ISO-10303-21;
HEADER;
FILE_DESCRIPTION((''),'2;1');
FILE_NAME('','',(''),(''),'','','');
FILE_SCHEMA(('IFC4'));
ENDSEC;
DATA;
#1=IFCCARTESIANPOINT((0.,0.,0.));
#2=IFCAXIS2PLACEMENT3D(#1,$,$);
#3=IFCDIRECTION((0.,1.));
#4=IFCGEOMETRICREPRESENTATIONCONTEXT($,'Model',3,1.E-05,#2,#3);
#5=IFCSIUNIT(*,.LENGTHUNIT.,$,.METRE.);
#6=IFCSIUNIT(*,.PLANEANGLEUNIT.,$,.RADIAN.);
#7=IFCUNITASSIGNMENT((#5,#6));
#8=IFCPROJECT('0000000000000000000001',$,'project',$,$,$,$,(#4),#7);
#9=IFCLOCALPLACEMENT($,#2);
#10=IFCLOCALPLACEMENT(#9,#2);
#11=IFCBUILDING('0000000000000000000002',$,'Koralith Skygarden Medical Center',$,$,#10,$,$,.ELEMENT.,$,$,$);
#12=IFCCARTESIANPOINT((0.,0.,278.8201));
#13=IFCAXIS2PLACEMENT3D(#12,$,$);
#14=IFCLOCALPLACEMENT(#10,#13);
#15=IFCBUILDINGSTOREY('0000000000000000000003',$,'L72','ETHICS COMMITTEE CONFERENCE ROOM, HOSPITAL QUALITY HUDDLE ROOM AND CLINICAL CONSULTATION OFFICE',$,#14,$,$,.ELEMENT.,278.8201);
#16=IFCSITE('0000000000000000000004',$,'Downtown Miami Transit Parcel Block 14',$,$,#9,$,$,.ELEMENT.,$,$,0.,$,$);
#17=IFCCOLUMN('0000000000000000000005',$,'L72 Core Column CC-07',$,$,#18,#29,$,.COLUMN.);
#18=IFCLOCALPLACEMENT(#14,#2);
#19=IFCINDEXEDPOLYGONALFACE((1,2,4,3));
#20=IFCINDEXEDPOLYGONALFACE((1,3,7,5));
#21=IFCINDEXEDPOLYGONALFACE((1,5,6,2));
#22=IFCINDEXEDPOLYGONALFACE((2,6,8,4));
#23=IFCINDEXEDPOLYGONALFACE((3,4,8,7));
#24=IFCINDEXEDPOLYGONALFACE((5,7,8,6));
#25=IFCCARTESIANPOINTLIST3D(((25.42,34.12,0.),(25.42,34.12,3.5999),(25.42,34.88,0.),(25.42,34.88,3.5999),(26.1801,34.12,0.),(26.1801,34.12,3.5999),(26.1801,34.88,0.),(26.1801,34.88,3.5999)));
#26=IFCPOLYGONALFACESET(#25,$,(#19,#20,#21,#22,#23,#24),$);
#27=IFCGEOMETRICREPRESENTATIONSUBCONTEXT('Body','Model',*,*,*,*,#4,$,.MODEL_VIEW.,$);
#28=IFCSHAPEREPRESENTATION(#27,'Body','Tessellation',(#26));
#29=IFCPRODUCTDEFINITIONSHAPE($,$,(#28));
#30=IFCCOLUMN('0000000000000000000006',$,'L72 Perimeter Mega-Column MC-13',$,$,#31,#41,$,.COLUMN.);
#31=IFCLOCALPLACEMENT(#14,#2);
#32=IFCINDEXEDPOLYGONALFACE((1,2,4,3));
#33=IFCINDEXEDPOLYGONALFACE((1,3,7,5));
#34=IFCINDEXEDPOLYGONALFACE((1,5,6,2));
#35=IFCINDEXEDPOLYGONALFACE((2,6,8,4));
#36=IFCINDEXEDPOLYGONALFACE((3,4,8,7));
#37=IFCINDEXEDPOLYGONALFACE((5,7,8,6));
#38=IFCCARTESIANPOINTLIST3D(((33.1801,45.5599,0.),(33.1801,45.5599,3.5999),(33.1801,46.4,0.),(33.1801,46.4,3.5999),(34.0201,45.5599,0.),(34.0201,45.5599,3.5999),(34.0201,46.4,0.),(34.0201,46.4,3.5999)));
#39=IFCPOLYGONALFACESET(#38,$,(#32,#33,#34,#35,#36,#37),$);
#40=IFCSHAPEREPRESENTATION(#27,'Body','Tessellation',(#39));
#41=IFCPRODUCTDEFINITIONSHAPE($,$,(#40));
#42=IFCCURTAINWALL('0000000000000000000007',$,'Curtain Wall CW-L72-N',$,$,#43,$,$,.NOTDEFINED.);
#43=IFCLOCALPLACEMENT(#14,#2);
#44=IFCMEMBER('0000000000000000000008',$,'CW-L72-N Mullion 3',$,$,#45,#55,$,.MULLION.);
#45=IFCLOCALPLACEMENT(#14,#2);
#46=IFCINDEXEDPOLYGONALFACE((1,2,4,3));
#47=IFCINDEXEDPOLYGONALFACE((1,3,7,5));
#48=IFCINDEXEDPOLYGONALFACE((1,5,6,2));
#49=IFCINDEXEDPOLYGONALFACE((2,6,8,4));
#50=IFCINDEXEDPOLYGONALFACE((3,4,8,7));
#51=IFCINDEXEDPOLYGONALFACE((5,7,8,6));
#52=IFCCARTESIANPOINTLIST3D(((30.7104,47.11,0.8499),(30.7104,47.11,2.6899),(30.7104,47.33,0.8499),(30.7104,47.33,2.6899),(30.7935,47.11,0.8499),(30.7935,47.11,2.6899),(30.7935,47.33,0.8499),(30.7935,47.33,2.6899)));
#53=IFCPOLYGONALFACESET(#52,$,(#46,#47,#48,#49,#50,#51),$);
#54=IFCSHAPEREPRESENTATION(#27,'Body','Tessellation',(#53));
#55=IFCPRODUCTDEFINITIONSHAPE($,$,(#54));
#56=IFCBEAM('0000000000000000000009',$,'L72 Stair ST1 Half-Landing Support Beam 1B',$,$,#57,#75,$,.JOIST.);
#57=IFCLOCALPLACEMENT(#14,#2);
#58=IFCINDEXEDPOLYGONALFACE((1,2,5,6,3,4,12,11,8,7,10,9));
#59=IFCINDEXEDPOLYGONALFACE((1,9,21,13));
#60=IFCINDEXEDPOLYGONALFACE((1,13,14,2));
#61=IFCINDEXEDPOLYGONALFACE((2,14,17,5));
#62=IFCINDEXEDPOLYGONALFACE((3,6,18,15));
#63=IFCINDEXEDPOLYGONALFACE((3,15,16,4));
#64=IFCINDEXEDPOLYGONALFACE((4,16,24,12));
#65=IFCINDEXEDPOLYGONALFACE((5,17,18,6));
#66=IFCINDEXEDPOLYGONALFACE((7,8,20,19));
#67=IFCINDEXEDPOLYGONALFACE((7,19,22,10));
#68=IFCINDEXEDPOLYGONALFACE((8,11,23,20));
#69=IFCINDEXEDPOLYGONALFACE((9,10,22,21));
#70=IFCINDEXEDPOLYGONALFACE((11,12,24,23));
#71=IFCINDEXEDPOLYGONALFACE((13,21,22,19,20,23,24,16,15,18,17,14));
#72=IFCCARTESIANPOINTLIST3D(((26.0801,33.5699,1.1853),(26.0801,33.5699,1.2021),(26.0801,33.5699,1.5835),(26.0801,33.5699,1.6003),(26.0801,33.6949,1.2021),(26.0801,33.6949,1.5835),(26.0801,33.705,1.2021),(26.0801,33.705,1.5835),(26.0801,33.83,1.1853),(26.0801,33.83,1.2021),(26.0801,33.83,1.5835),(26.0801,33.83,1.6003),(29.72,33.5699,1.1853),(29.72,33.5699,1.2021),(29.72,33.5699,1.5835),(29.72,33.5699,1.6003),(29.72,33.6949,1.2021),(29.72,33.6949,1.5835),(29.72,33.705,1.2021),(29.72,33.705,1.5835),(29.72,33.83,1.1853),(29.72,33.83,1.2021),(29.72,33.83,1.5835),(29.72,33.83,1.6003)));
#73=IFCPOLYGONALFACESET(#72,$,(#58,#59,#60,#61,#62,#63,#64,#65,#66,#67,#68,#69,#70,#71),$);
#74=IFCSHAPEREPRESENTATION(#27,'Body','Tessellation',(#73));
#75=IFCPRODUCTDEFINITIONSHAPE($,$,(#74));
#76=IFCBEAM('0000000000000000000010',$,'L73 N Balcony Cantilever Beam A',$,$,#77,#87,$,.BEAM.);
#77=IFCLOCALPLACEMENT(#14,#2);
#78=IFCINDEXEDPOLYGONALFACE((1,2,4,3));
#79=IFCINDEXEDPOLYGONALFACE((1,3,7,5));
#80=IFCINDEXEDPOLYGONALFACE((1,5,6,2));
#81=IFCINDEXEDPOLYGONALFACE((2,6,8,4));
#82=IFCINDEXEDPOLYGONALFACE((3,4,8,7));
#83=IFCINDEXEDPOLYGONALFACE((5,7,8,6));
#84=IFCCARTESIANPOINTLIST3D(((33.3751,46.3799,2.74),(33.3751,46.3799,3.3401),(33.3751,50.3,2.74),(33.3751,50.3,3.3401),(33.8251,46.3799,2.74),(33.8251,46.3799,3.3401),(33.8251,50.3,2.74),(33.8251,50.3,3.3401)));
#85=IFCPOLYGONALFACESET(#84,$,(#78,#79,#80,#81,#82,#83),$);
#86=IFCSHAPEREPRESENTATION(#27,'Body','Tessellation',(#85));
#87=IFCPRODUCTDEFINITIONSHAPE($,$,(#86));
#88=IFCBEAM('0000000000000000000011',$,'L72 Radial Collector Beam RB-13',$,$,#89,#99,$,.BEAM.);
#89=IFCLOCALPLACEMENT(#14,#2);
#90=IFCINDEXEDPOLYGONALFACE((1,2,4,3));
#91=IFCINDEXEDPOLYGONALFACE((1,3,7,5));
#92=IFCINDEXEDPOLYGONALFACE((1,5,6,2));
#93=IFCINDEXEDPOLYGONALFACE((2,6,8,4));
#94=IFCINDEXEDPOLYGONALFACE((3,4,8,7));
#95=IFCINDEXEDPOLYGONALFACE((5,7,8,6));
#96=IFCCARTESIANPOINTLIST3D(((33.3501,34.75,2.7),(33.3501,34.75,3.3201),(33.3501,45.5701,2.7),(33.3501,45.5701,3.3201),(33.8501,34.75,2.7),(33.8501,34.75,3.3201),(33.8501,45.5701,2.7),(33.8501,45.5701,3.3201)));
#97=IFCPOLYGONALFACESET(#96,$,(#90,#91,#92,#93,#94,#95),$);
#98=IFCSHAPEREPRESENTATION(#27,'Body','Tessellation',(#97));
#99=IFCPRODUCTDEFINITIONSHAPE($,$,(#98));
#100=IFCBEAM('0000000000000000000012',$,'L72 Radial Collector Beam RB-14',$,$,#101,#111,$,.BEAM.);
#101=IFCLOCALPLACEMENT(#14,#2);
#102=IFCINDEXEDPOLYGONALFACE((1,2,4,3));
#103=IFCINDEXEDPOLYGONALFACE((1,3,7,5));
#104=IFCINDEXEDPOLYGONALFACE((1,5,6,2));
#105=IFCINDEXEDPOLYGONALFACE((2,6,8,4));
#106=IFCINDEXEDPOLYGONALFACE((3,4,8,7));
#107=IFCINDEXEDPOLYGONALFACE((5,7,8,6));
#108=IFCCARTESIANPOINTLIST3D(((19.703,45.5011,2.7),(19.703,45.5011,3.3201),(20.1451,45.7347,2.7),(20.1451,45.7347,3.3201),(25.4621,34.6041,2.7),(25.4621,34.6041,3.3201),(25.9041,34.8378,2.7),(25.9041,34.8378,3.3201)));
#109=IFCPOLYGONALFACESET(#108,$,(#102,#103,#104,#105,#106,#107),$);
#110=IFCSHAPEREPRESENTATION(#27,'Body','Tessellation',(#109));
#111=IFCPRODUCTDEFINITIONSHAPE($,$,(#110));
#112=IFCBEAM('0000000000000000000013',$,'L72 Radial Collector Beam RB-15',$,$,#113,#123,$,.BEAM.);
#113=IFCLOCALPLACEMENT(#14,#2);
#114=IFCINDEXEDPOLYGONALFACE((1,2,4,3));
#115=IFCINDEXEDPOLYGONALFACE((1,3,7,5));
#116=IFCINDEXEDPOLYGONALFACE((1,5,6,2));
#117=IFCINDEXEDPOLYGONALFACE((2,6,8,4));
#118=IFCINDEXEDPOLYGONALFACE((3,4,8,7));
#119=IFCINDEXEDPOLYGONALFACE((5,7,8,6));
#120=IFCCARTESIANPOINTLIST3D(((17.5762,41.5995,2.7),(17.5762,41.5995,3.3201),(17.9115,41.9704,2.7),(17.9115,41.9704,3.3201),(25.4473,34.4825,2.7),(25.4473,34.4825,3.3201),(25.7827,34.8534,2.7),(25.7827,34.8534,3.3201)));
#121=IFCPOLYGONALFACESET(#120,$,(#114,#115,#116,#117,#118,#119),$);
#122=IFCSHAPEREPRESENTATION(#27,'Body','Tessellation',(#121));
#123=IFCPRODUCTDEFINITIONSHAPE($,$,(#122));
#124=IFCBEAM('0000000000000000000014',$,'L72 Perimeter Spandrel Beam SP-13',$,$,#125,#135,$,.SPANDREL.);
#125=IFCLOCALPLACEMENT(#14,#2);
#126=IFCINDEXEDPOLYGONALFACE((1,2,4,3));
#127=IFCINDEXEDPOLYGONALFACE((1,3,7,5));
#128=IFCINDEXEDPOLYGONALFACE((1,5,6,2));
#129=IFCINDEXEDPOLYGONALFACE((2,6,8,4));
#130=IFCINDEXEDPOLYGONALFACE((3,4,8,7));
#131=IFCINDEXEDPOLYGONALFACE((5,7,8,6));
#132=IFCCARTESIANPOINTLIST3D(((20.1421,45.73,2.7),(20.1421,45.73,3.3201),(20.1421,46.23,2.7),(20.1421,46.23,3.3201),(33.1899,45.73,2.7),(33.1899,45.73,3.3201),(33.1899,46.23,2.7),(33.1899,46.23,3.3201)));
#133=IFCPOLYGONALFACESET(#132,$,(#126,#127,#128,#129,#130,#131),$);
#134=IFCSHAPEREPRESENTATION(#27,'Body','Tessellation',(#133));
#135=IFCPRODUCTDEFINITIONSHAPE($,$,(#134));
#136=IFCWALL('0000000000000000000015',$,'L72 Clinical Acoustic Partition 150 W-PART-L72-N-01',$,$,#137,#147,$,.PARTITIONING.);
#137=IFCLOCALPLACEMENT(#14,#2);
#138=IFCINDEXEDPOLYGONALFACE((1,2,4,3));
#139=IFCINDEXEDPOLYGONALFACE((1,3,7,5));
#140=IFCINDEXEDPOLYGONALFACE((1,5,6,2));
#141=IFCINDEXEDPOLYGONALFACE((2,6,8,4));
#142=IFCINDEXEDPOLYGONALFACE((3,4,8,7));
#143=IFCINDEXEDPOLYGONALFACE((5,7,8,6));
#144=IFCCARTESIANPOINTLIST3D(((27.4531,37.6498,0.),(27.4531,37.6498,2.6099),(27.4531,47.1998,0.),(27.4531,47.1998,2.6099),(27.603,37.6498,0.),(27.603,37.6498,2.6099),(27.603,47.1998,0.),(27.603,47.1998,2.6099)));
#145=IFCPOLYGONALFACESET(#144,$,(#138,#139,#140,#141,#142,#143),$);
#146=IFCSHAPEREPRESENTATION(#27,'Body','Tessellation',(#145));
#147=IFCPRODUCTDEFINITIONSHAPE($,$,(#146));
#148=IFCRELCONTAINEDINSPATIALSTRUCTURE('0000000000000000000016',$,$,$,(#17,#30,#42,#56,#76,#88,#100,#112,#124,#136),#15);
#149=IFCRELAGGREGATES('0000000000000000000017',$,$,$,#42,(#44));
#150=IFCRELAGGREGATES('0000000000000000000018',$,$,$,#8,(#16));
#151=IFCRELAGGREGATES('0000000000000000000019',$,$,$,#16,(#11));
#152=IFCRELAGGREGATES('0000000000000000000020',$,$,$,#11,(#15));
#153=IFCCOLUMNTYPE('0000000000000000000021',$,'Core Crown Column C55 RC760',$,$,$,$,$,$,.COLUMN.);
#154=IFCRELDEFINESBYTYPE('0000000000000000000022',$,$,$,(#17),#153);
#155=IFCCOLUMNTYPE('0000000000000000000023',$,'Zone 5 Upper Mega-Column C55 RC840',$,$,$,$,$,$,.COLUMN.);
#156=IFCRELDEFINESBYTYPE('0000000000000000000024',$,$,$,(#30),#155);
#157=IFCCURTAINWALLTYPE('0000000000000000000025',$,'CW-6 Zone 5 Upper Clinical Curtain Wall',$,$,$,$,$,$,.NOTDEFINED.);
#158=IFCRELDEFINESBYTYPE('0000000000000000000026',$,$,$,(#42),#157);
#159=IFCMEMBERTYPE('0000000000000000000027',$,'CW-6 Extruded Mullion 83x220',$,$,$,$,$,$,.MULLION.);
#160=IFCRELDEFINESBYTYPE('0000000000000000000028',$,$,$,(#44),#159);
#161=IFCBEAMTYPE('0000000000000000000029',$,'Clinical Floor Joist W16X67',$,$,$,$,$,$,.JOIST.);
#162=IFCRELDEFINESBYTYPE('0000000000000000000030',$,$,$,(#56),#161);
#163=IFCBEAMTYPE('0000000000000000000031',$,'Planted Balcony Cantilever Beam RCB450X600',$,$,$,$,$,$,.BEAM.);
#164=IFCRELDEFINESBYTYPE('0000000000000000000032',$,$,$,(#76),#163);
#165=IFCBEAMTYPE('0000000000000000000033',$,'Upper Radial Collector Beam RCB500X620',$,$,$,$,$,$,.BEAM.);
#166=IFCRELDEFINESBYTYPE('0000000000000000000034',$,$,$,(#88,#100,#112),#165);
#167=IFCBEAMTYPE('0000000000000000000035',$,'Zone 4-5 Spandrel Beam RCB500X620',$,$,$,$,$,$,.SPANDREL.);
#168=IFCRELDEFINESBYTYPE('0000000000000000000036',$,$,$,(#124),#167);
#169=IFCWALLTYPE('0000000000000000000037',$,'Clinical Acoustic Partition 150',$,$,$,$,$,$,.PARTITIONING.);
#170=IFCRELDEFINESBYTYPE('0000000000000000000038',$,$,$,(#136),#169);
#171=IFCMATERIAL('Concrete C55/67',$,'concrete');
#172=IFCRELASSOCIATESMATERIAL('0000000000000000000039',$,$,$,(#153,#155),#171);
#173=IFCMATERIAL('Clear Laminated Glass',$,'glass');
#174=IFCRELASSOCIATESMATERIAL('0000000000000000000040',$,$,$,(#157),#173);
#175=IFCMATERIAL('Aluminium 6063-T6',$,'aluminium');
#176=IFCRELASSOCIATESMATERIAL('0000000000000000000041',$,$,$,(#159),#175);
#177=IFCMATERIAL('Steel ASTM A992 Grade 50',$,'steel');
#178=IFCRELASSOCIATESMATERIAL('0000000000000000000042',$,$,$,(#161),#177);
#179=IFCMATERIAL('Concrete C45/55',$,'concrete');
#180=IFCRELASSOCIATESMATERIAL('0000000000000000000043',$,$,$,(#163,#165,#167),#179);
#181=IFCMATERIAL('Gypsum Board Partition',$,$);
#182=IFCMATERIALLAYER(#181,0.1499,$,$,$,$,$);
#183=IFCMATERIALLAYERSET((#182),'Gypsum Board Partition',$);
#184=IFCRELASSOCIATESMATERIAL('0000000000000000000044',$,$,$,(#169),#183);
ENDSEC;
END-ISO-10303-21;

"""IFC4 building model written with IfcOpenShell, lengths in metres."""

from ifc_helpers import new_model, si_unit, direction, frame, frame_2d, origin, origin_2d, place, context, subcontext, project, spatial, rectangle, i_section, extrude, material, layer, layer_set, material_profile, profile_set, type_object, element, aggregate, save


model = new_model("IFC4")

# Units and contexts
model_context = context("Model", 3, precision=1e-05, world=origin(), true_north=direction((0.0, 1.0)))
body_context = subcontext(model_context, "Body", "Model", "MODEL_VIEW")
ifc_project = project(units=[si_unit("LENGTHUNIT", "METRE"), si_unit("PLANEANGLEUNIT", "RADIAN")], contexts=[model_context])

# Site, building, storey
site_placement = place(None, origin())
site = spatial("IfcSite", under=ifc_project, at=site_placement, Name="Downtown Miami Transit Parcel Block 14", CompositionType="ELEMENT", RefElevation=0.0)
building_placement = place(site_placement, origin())
building = spatial("IfcBuilding", under=site, at=building_placement, Name="Koralith Skygarden Medical Center", CompositionType="ELEMENT")
storey_placement = place(building_placement, frame((0.0, 0.0, 278.8201)))
storey = spatial("IfcBuildingStorey", under=building, at=storey_placement, Name="L72", Description="ETHICS COMMITTEE CONFERENCE ROOM, HOSPITAL QUALITY HUDDLE ROOM AND CLINICAL CONSULTATION OFFICE", CompositionType="ELEMENT", Elevation=278.8201)

# Columns
ifc_material_1 = material(Name="Concrete C55/67", Category="concrete")
ifc_material_profile_1 = material_profile(ifc_material_1, rectangle(XDim=0.76, YDim=0.76, at=origin_2d()), Name="RC760X760")
ifc_profile_set_1 = profile_set([ifc_material_profile_1], Name="Concrete C55/67")
column_type_1 = type_object("IfcColumnType", Name="Core Crown Column C55 RC760", PredefinedType="COLUMN", material=ifc_profile_set_1)
column_1_placement = place(storey_placement, frame((25.8, 34.5, 0.0), z_axis=(0.0, 0.0, 1.0), x_axis=(1.0, 0.0, 0.0)))
element("IfcColumn", 1, at=column_1_placement, inside=storey, type_object=column_type_1, Name="L72 Core Column CC-07", PredefinedType="COLUMN", context=body_context, shape_type="SweptSolid", body=[
    extrude(rectangle(XDim=0.76, YDim=0.76, at=origin_2d()), origin(), (0.0, 0.0, 1.0), 3.5999),
])
ifc_material_profile_2 = material_profile(ifc_material_1, rectangle(XDim=0.8401, YDim=0.8401, at=origin_2d()), Name="RC840X840")
ifc_profile_set_2 = profile_set([ifc_material_profile_2], Name="Concrete C55/67")
column_type_2 = type_object("IfcColumnType", Name="Zone 5 Upper Mega-Column C55 RC840", PredefinedType="COLUMN", material=ifc_profile_set_2)
column_2_placement = place(storey_placement, frame((33.6001, 45.98, 0.0), z_axis=(0.0, 0.0, 1.0), x_axis=(1.0, 0.0, 0.0)))
element("IfcColumn", 2, at=column_2_placement, inside=storey, type_object=column_type_2, Name="L72 Perimeter Mega-Column MC-13", PredefinedType="COLUMN", context=body_context, shape_type="SweptSolid", body=[
    extrude(rectangle(XDim=0.8401, YDim=0.8401, at=origin_2d()), origin(), (0.0, 0.0, 1.0), 3.5999),
])

# Curtain wall, member
ifc_material_2 = material(Name="Clear Laminated Glass", Category="glass")
curtain_wall_type = type_object("IfcCurtainWallType", Name="CW-6 Zone 5 Upper Clinical Curtain Wall", PredefinedType="NOTDEFINED", material=ifc_material_2)
curtain_wall_placement = place(storey_placement, origin())
curtain_wall = element("IfcCurtainWall", 3, at=curtain_wall_placement, inside=storey, type_object=curtain_wall_type, Name="Curtain Wall CW-L72-N", PredefinedType="NOTDEFINED")
ifc_material_3 = material(Name="Aluminium 6063-T6", Category="aluminium")
ifc_material_profile_3 = material_profile(ifc_material_3, rectangle(XDim=0.083, YDim=0.22, at=origin_2d()), Name="MUL83X220")
ifc_profile_set_3 = profile_set([ifc_material_profile_3], Name="Aluminium 6063-T6")
member_type = type_object("IfcMemberType", Name="CW-6 Extruded Mullion 83x220", PredefinedType="MULLION", material=ifc_profile_set_3)
member_placement = place(storey_placement, frame((30.752, 47.22, 0.8499), z_axis=(0.0, 0.0, 1.0), x_axis=(1.0, 0.0, 0.0)))
member = element("IfcMember", 4, at=member_placement, type_object=member_type, Name="CW-L72-N Mullion 3", PredefinedType="MULLION", context=body_context, shape_type="SweptSolid", body=[
    extrude(rectangle(XDim=0.083, YDim=0.22, at=origin_2d()), origin(), (0.0, 0.0, 1.0), 1.8401),
])
aggregate(curtain_wall, [member])

# Beams
ifc_material_4 = material(Name="Steel ASTM A992 Grade 50", Category="steel")
ifc_material_profile_4 = material_profile(ifc_material_4, i_section(OverallWidth=0.26, OverallDepth=0.415, WebThickness=0.01, FlangeThickness=0.0168, at=origin_2d()), Name="W16X67")
ifc_profile_set_4 = profile_set([ifc_material_profile_4], Name="Steel ASTM A992 Grade 50")
beam_type_1 = type_object("IfcBeamType", Name="Clinical Floor Joist W16X67", PredefinedType="JOIST", material=ifc_profile_set_4)
beam_1_placement = place(storey_placement, frame((26.0801, 33.7, 1.3928), z_axis=(1.0, 0.0, 0.0), x_axis=(0.0, 1.0, 0.0)))
element("IfcBeam", 5, at=beam_1_placement, inside=storey, type_object=beam_type_1, Name="L72 Stair ST1 Half-Landing Support Beam 1B", PredefinedType="JOIST", context=body_context, shape_type="SweptSolid", body=[
    extrude(i_section(OverallWidth=0.26, OverallDepth=0.415, WebThickness=0.01, FlangeThickness=0.0168, at=origin_2d()), origin(), (0.0, 0.0, 1.0), 3.6399),
])
ifc_material_5 = material(Name="Concrete C45/55", Category="concrete")
ifc_material_profile_5 = material_profile(ifc_material_5, rectangle(XDim=0.45, YDim=0.6001, at=origin_2d()), Name="RCB450X600")
ifc_profile_set_5 = profile_set([ifc_material_profile_5], Name="Concrete C45/55")
beam_type_2 = type_object("IfcBeamType", Name="Planted Balcony Cantilever Beam RCB450X600", PredefinedType="BEAM", material=ifc_profile_set_5)
beam_2_placement = place(storey_placement, frame((33.6001, 46.3799, 3.04), z_axis=(0.0, 1.0, 0.0), x_axis=(-1.0, 0.0, 0.0)))
element("IfcBeam", 6, at=beam_2_placement, inside=storey, type_object=beam_type_2, Name="L73 N Balcony Cantilever Beam A", PredefinedType="BEAM", context=body_context, shape_type="SweptSolid", body=[
    extrude(rectangle(XDim=0.45, YDim=0.6001, at=origin_2d()), origin(), (0.0, 0.0, 1.0), 3.9202),
])
ifc_material_profile_6 = material_profile(ifc_material_5, rectangle(XDim=0.5, YDim=0.6201, at=origin_2d()), Name="RCB500X620")
ifc_profile_set_6 = profile_set([ifc_material_profile_6], Name="Concrete C45/55")
beam_type_3 = type_object("IfcBeamType", Name="Upper Radial Collector Beam RCB500X620", PredefinedType="BEAM", material=ifc_profile_set_6)
beam_3_placement = place(storey_placement, frame((33.6001, 34.75, 3.01), z_axis=(0.0, 1.0, 0.0), x_axis=(-1.0, 0.0, 0.0)))
element("IfcBeam", 7, at=beam_3_placement, inside=storey, type_object=beam_type_3, Name="L72 Radial Collector Beam RB-13", PredefinedType="BEAM", context=body_context, shape_type="SweptSolid", body=[
    extrude(rectangle(XDim=0.5, YDim=0.6201, at=origin_2d()), origin(), (0.0, 0.0, 1.0), 10.8201),
])
beam_4_placement = place(storey_placement, frame((25.6831, 34.7209, 3.01), z_axis=(-0.467257, 0.884122, 0.0), x_axis=(-0.884122, -0.467257, 0.0)))
element("IfcBeam", 8, at=beam_4_placement, inside=storey, type_object=beam_type_3, Name="L72 Radial Collector Beam RB-14", PredefinedType="BEAM", context=body_context, shape_type="SweptSolid", body=[
    extrude(rectangle(XDim=0.5, YDim=0.6201, at=origin_2d()), origin(), (0.0, 0.0, 1.0), 12.3252),
])
beam_5_placement = place(storey_placement, frame((25.615, 34.668, 3.01), z_axis=(-0.741748, 0.670679, 0.0), x_axis=(-0.670679, -0.741748, 0.0)))
element("IfcBeam", 9, at=beam_5_placement, inside=storey, type_object=beam_type_3, Name="L72 Radial Collector Beam RB-15", PredefinedType="BEAM", context=body_context, shape_type="SweptSolid", body=[
    extrude(rectangle(XDim=0.5, YDim=0.6201, at=origin_2d()), origin(), (0.0, 0.0, 1.0), 10.6116),
])
ifc_material_profile_7 = material_profile(ifc_material_5, rectangle(XDim=0.5, YDim=0.6201, at=origin_2d()), Name="RCB500X620")
ifc_profile_set_7 = profile_set([ifc_material_profile_7], Name="Concrete C45/55")
beam_type_4 = type_object("IfcBeamType", Name="Zone 4-5 Spandrel Beam RCB500X620", PredefinedType="SPANDREL", material=ifc_profile_set_7)
beam_6_placement = place(storey_placement, frame((33.1899, 45.98, 3.01), z_axis=(-1.0, 0.0, 0.0), x_axis=(0.0, -1.0, 0.0)))
element("IfcBeam", 10, at=beam_6_placement, inside=storey, type_object=beam_type_4, Name="L72 Perimeter Spandrel Beam SP-13", PredefinedType="SPANDREL", context=body_context, shape_type="SweptSolid", body=[
    extrude(rectangle(XDim=0.5, YDim=0.6201, at=origin_2d()), origin(), (0.0, 0.0, 1.0), 13.0479),
])

# Wall
ifc_material_6 = material(Name="Gypsum Board Partition")
ifc_layer_1 = layer(ifc_material_6, 0.1499)
ifc_layer_set_1 = layer_set([ifc_layer_1], Name="Gypsum Board Partition")
wall_type_1 = type_object("IfcWallType", Name="Clinical Acoustic Partition 150", PredefinedType="PARTITIONING", material=ifc_layer_set_1)
wall_1_placement = place(storey_placement, frame((27.5281, 37.6499, 0.0), z_axis=(0.0, 0.0, 1.0), x_axis=(0.0, 1.0, 0.0)))
element("IfcWall", 11, at=wall_1_placement, inside=storey, type_object=wall_type_1, Name="L72 Clinical Acoustic Partition 150 W-PART-L72-N-01", PredefinedType="PARTITIONING", context=body_context, shape_type="SweptSolid", body=[
    extrude(rectangle(XDim=9.55, YDim=0.1499, at=frame_2d((4.7749, 0.0))), origin(), (0.0, 0.0, 1.0), 2.6099),
])

save(model, "model.ifc")
